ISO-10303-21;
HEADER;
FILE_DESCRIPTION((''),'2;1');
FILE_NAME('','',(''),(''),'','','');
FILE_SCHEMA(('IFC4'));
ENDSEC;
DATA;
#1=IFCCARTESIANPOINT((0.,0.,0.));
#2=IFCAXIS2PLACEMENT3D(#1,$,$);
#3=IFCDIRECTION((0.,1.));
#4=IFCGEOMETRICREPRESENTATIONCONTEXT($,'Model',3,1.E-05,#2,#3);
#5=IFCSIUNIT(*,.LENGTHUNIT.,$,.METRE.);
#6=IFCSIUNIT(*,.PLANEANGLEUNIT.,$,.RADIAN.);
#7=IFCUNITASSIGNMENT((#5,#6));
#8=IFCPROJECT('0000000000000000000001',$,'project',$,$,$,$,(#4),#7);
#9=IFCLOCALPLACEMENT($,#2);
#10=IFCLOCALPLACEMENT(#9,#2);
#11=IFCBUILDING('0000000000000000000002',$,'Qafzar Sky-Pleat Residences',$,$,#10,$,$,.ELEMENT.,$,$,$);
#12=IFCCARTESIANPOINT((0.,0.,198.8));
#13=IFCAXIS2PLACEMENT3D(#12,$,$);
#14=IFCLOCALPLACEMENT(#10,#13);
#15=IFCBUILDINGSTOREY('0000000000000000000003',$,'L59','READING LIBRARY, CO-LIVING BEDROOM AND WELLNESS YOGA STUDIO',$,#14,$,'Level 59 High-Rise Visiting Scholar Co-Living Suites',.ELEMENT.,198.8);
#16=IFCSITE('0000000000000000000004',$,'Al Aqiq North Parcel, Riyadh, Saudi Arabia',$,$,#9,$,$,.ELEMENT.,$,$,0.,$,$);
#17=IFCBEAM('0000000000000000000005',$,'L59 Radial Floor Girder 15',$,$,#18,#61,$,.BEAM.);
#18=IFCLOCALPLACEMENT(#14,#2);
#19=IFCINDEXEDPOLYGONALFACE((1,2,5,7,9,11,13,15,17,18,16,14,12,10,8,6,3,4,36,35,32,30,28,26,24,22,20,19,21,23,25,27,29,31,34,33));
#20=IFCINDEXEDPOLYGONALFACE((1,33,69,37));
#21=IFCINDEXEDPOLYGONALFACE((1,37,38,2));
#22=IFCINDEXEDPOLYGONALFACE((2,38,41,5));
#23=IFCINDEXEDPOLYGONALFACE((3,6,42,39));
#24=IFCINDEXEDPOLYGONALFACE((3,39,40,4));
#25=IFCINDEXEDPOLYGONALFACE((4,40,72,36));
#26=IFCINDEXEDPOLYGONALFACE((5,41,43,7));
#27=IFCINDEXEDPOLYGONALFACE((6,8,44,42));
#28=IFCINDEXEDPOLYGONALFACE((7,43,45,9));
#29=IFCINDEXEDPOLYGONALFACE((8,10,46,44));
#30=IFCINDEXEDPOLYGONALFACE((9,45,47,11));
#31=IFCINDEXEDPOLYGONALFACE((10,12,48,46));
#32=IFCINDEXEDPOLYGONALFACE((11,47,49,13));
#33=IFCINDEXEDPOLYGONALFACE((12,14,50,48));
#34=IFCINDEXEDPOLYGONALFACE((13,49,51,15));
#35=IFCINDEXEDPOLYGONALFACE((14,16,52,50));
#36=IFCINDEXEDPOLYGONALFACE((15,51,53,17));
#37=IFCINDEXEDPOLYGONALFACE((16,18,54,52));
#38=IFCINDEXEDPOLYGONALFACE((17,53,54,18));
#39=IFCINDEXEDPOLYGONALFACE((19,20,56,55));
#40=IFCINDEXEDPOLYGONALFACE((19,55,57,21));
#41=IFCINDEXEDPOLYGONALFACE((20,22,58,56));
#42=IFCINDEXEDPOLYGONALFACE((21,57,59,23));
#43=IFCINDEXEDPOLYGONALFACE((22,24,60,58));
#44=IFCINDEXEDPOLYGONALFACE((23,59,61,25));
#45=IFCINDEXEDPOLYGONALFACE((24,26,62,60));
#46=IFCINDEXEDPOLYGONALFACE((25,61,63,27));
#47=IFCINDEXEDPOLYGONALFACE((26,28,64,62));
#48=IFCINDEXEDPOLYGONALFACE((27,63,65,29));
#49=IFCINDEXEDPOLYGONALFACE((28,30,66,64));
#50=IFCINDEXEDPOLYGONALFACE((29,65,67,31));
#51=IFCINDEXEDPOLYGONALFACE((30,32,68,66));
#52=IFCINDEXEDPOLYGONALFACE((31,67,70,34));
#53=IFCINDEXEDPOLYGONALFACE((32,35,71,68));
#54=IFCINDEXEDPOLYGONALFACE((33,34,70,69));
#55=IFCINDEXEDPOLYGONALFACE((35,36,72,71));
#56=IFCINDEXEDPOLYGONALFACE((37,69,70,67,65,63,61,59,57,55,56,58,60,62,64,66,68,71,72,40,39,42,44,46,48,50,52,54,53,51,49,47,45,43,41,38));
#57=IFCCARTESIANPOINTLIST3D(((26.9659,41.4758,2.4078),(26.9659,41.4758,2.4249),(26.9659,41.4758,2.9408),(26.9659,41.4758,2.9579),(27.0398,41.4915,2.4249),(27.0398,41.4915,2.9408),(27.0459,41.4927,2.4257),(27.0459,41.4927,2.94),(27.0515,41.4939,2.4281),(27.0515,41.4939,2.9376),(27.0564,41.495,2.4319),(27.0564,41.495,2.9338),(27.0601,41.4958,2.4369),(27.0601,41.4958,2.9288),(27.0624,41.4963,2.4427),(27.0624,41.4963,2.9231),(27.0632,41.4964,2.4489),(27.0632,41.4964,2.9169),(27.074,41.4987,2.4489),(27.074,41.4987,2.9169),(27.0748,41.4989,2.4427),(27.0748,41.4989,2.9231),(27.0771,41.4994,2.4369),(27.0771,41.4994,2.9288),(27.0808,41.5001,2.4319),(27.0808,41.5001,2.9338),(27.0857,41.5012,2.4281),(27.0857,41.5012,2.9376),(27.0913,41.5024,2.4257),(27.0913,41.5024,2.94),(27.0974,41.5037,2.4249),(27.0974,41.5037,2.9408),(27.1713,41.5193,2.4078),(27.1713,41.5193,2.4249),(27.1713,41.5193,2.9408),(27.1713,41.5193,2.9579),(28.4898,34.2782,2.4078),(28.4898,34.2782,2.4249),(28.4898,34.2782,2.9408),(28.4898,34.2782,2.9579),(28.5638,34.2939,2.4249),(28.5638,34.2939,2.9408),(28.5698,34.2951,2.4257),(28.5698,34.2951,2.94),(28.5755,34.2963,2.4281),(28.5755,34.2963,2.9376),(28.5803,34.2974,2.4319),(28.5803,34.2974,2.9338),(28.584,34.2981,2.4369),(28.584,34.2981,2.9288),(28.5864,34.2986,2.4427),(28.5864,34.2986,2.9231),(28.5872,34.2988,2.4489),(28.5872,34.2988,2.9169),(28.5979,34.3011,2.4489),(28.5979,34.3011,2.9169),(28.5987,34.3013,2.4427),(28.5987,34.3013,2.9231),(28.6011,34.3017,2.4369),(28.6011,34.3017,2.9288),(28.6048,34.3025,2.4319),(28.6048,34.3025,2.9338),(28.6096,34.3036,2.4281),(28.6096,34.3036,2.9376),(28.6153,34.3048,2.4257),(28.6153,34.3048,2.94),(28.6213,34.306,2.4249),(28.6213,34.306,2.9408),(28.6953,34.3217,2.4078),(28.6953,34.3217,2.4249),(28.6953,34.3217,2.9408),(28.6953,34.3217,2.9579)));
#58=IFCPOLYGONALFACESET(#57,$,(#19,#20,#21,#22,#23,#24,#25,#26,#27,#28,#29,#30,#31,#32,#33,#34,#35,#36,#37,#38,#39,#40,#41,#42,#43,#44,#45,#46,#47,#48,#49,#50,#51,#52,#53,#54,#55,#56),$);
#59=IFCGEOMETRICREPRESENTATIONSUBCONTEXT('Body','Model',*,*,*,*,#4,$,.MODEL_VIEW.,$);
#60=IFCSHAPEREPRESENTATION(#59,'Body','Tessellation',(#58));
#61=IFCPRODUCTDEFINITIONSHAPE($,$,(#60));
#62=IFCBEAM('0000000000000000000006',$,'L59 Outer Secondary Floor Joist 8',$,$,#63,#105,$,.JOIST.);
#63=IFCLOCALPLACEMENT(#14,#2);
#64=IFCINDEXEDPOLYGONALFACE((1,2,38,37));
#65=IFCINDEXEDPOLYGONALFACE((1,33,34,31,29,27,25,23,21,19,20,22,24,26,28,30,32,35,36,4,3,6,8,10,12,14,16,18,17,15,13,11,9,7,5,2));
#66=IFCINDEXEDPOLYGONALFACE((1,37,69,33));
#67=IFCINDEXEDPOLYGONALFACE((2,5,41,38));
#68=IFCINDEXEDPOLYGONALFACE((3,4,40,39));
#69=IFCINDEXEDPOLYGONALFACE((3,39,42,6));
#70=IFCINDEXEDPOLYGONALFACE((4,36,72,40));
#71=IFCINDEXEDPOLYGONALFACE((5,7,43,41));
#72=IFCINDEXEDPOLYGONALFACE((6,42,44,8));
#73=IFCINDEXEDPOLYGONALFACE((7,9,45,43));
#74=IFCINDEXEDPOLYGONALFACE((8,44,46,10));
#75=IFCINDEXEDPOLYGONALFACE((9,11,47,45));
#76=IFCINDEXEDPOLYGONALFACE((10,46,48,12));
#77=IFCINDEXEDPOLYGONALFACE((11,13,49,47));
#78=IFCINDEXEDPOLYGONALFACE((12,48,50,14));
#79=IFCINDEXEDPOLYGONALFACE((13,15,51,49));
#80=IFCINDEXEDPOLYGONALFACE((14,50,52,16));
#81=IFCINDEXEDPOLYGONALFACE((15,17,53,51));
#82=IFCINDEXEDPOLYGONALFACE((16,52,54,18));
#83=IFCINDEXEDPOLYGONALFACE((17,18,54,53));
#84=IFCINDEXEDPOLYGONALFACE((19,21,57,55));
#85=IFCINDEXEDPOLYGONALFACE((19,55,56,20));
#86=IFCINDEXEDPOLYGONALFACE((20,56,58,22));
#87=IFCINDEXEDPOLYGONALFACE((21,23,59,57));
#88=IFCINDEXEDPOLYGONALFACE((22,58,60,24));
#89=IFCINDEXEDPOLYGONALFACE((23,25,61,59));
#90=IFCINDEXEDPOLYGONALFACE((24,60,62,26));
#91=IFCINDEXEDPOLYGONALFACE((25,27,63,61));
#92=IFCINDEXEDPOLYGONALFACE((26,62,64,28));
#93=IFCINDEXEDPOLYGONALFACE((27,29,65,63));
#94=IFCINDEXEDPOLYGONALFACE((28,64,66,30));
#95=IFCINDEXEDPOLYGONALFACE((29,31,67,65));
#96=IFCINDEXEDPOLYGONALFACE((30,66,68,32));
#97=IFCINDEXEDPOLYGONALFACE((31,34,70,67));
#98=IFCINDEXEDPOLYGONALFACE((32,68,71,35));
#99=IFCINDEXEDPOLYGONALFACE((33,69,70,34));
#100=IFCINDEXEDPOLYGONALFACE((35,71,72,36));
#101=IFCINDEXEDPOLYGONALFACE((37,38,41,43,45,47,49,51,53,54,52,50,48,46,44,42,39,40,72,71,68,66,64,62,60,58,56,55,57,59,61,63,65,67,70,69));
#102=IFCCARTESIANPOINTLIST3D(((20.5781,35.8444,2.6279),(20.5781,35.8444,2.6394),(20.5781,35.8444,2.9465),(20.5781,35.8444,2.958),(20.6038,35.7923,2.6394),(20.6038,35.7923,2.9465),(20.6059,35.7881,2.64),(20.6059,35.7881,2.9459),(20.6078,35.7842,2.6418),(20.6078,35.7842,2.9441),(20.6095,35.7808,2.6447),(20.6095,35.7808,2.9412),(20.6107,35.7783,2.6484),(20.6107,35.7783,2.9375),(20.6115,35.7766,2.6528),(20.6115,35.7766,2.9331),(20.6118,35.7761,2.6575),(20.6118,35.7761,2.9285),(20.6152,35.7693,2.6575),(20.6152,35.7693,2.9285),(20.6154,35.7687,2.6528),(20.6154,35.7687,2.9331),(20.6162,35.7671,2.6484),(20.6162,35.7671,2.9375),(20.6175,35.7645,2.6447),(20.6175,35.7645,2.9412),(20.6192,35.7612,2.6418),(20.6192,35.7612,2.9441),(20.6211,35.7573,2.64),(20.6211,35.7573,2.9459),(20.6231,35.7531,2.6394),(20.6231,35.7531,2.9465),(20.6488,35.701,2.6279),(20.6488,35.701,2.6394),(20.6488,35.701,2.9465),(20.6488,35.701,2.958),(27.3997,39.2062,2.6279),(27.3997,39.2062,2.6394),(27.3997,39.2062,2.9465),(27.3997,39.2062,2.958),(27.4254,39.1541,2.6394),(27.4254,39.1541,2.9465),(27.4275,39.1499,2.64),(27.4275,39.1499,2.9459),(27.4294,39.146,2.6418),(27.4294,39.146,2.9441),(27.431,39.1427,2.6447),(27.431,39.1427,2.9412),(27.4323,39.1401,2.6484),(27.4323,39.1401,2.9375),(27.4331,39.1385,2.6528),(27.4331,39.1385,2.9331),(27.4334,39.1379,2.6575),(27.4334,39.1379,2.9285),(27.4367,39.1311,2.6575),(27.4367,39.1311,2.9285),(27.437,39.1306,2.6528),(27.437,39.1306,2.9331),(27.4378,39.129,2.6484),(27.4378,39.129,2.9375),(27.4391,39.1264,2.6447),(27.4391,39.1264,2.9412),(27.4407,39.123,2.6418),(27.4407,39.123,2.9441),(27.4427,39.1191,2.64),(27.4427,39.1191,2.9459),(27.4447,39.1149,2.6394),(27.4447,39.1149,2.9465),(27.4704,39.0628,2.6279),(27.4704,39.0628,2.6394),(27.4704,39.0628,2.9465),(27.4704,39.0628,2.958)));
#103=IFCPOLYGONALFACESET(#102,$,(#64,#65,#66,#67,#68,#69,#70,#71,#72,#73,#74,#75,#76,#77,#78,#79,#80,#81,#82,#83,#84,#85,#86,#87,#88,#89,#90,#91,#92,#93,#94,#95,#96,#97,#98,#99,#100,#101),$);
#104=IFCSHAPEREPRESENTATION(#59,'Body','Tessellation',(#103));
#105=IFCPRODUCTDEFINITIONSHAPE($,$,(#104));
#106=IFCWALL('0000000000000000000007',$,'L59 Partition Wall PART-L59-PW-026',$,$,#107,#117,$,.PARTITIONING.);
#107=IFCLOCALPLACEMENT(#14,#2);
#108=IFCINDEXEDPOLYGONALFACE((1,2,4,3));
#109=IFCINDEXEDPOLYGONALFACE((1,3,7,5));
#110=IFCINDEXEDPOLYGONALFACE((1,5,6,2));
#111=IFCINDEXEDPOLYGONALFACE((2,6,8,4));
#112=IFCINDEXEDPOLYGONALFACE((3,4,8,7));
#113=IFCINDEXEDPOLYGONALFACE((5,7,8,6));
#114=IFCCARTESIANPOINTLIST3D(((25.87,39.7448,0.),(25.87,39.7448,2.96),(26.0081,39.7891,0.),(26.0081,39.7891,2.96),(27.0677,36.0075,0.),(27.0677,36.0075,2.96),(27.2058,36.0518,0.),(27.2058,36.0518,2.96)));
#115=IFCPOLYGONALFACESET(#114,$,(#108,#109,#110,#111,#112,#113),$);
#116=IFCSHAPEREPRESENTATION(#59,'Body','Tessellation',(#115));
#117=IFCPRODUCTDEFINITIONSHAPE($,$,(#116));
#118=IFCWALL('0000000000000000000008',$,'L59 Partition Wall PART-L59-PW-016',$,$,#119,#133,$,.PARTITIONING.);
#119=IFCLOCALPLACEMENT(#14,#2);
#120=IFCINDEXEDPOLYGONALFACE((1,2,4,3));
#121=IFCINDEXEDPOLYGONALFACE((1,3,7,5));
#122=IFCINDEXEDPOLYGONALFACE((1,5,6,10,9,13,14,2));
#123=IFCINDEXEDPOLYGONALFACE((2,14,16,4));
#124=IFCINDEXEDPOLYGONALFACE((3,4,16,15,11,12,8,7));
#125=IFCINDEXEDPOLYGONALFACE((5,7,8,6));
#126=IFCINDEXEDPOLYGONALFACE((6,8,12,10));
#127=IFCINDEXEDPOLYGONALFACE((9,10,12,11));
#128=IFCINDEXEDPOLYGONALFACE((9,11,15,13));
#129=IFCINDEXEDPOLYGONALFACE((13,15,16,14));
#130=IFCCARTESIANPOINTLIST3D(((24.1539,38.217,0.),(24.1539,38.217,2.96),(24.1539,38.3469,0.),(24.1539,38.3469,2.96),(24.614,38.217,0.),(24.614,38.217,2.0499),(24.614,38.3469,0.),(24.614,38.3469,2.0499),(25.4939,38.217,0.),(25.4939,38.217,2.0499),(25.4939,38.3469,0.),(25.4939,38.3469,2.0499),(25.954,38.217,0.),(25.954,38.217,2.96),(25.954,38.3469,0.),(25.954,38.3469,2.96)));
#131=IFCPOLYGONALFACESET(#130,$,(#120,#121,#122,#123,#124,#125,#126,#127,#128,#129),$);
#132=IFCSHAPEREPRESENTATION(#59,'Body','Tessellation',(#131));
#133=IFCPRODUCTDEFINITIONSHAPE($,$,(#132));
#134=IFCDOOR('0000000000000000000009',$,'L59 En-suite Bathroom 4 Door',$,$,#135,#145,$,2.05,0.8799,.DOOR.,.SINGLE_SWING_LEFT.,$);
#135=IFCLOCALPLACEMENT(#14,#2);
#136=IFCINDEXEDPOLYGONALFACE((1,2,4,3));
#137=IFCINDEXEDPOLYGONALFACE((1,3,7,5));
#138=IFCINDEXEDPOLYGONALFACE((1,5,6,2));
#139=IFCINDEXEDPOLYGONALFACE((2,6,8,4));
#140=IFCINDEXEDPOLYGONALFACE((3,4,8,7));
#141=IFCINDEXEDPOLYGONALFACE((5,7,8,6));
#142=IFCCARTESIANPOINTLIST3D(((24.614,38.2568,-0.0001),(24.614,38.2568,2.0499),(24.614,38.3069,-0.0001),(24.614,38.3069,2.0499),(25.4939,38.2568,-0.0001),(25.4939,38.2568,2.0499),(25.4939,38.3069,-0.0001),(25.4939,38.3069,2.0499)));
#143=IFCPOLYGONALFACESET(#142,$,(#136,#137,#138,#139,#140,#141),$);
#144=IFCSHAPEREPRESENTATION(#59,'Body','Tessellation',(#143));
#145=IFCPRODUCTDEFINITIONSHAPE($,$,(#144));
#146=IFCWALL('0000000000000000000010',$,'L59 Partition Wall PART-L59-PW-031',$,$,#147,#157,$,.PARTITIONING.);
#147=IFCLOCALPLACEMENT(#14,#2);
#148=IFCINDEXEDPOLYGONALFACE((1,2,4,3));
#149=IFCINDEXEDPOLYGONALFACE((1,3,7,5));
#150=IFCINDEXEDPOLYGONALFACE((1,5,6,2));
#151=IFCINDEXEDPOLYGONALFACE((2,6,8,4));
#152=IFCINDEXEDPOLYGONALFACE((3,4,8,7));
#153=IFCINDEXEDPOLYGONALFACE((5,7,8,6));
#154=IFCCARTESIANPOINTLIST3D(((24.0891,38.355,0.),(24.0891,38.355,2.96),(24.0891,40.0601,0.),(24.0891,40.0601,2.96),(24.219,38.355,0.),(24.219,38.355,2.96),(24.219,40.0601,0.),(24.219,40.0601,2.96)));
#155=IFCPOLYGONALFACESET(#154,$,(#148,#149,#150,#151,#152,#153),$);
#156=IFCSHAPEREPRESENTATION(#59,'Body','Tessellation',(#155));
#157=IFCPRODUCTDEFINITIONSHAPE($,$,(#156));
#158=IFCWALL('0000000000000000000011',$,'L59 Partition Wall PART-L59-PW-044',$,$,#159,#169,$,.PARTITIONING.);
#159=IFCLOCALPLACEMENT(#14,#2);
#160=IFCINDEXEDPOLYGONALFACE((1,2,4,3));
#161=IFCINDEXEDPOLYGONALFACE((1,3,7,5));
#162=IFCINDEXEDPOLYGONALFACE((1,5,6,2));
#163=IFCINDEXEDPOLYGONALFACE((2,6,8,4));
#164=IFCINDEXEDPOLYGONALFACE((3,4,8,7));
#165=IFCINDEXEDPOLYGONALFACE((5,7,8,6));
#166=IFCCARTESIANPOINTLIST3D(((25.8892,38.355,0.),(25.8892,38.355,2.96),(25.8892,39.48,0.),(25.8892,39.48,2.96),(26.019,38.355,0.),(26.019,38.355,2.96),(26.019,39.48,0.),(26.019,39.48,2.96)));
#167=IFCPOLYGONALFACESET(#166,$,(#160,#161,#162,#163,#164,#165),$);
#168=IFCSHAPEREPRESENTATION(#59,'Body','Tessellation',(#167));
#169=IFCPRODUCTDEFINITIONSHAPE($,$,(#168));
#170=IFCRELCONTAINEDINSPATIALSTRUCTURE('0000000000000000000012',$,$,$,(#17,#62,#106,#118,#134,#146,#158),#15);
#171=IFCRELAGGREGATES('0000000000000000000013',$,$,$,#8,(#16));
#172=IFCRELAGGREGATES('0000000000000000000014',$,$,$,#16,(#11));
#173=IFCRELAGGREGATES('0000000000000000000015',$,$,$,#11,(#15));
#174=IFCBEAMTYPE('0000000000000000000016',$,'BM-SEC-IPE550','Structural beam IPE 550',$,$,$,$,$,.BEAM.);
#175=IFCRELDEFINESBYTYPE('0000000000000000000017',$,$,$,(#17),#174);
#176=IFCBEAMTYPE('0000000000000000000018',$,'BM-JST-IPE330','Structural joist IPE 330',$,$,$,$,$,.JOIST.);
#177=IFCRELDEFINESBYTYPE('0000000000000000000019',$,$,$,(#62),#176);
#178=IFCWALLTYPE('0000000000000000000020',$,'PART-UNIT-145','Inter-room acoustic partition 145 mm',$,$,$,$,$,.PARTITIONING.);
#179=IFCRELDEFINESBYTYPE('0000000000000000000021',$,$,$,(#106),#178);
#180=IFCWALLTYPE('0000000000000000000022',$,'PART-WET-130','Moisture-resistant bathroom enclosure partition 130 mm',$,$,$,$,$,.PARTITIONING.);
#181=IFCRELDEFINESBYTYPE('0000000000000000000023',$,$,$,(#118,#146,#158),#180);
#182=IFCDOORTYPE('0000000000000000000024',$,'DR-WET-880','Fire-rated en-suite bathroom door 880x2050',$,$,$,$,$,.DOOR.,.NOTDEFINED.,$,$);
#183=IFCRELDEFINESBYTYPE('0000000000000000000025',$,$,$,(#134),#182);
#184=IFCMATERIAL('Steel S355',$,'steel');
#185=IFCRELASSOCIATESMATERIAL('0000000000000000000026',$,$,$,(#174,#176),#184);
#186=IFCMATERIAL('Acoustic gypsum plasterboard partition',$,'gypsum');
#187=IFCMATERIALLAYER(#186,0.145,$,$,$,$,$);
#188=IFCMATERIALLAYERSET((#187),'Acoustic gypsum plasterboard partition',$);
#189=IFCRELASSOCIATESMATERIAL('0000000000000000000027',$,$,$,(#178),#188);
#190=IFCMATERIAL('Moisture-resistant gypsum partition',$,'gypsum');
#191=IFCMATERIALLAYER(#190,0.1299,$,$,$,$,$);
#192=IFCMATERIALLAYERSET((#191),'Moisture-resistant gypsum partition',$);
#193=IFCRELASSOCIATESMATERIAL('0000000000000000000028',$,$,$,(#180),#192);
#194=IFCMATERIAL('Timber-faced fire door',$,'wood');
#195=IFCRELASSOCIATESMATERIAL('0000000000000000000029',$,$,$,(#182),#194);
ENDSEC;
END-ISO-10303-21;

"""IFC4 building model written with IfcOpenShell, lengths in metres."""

from ifc_helpers import new_model, si_unit, direction, frame, frame_2d, origin, origin_2d, place, context, subcontext, project, spatial, rectangle, i_section, extrude, source, transform, mapped, material, layer, layer_set, material_profile, profile_set, type_object, element, fill, save


model = new_model("IFC4")

# Units and contexts
model_context = context("Model", 3, precision=1e-05, world=origin(), true_north=direction((0.0, 1.0)))
body_context = subcontext(model_context, "Body", "Model", "MODEL_VIEW")
ifc_project = project(units=[si_unit("LENGTHUNIT", "METRE"), si_unit("PLANEANGLEUNIT", "RADIAN")], contexts=[model_context])

# Site, building, storey
site_placement = place(None, origin())
site = spatial("IfcSite", under=ifc_project, at=site_placement, Name="Al Aqiq North Parcel, Riyadh, Saudi Arabia", CompositionType="ELEMENT", RefElevation=0.0)
building_placement = place(site_placement, origin())
building = spatial("IfcBuilding", under=site, at=building_placement, Name="Qafzar Sky-Pleat Residences", CompositionType="ELEMENT")
storey_placement = place(building_placement, frame((0.0, 0.0, 198.8)))
storey = spatial("IfcBuildingStorey", under=building, at=storey_placement, Name="L59", Description="READING LIBRARY, CO-LIVING BEDROOM AND WELLNESS YOGA STUDIO", LongName="Level 59 High-Rise Visiting Scholar Co-Living Suites", CompositionType="ELEMENT", Elevation=198.8)

# Shared definitions
ifc_material_1 = material(Name="Steel S355", Category="steel")

# Beams
ifc_material_profile_1 = material_profile(ifc_material_1, i_section(OverallWidth=0.21, OverallDepth=0.55, WebThickness=0.011, FlangeThickness=0.0171, FilletRadius=0.0239, at=origin_2d()), Name="IPE 550")
ifc_profile_set_1 = profile_set([ifc_material_profile_1], Name="Steel S355")
beam_type_1 = type_object("IfcBeamType", Name="BM-SEC-IPE550", Description="Structural beam IPE 550", PredefinedType="BEAM", material=ifc_profile_set_1)
shared_shape_1 = source(origin(), body_context, "Body", "SweptSolid", [
    extrude(i_section(OverallWidth=0.21, OverallDepth=0.55, WebThickness=0.011, FlangeThickness=0.0171, FilletRadius=0.0239, at=origin_2d()), origin(), (0.0, 0.0, 1.0), 7.3572),
])
beam_1_placement = place(storey_placement, frame((27.0686, 41.4976, 2.6829), z_axis=(0.207138, -0.978312, 0.0), x_axis=(0.978312, 0.207138, 0.0)))
element("IfcBeam", 1, at=beam_1_placement, inside=storey, type_object=beam_type_1, Name="L59 Radial Floor Girder 15", PredefinedType="BEAM", context=body_context, shape_type="MappedRepresentation", body=[
    mapped(shared_shape_1, transform((0.0, 0.0, 0.0), x_axis=(1.0, 0.0, 0.0), y_axis=(0.0, 1.0, 0.0), z_axis=(0.0, 0.0, 1.0), scale=1.0)),
])
ifc_material_profile_2 = material_profile(ifc_material_1, i_section(OverallWidth=0.1599, OverallDepth=0.3301, WebThickness=0.0076, FlangeThickness=0.0115, FilletRadius=0.0181, at=origin_2d()), Name="IPE 330")
ifc_profile_set_2 = profile_set([ifc_material_profile_2], Name="Steel S355")
beam_type_2 = type_object("IfcBeamType", Name="BM-JST-IPE330", Description="Structural joist IPE 330", PredefinedType="JOIST", material=ifc_profile_set_2)
shared_shape_2 = source(origin(), body_context, "Body", "SweptSolid", [
    extrude(i_section(OverallWidth=0.1599, OverallDepth=0.3301, WebThickness=0.0076, FlangeThickness=0.0115, FilletRadius=0.0181, at=origin_2d()), origin(), (0.0, 0.0, 1.0), 7.605),
])
beam_2_placement = place(storey_placement, frame((27.4351, 39.1345, 2.793), z_axis=(-0.896987, -0.442057, 0.0), x_axis=(0.442057, -0.896987, 0.0)))
element("IfcBeam", 2, at=beam_2_placement, inside=storey, type_object=beam_type_2, Name="L59 Outer Secondary Floor Joist 8", PredefinedType="JOIST", context=body_context, shape_type="MappedRepresentation", body=[
    mapped(shared_shape_2, transform((0.0, 0.0, 0.0), x_axis=(1.0, 0.0, 0.0), y_axis=(0.0, 1.0, 0.0), z_axis=(0.0, 0.0, 1.0), scale=1.0)),
])

# Wall
ifc_material_2 = material(Name="Acoustic gypsum plasterboard partition", Category="gypsum")
ifc_layer_1 = layer(ifc_material_2, 0.145)
ifc_layer_set_1 = layer_set([ifc_layer_1], Name="Acoustic gypsum plasterboard partition")
wall_type_1 = type_object("IfcWallType", Name="PART-UNIT-145", Description="Inter-room acoustic partition 145 mm", PredefinedType="PARTITIONING", material=ifc_layer_set_1)
wall_1_placement = place(storey_placement, frame((25.939, 39.7671, 0.0), z_axis=(0.0, 0.0, 1.0), x_axis=(0.305196, -0.95229, 0.0)))
element("IfcWall", 3, at=wall_1_placement, inside=storey, type_object=wall_type_1, Name="L59 Partition Wall PART-L59-PW-026", PredefinedType="PARTITIONING", context=body_context, shape_type="SweptSolid", body=[
    extrude(rectangle(XDim=3.9246, YDim=0.145, at=frame_2d((1.9624, 0.0))), origin(), (0.0, 0.0, 1.0), 2.96),
])

# Wall, opening, door
ifc_material_3 = material(Name="Moisture-resistant gypsum partition", Category="gypsum")
ifc_layer_2 = layer(ifc_material_3, 0.1299)
ifc_layer_set_2 = layer_set([ifc_layer_2], Name="Moisture-resistant gypsum partition")
wall_type_2 = type_object("IfcWallType", Name="PART-WET-130", Description="Moisture-resistant bathroom enclosure partition 130 mm", PredefinedType="PARTITIONING", material=ifc_layer_set_2)
wall_2_placement = place(storey_placement, frame((24.1541, 38.282, 0.0), z_axis=(0.0, 0.0, 1.0), x_axis=(1.0, 0.0, 0.0)))
wall_2 = element("IfcWall", 4, at=wall_2_placement, inside=storey, type_object=wall_type_2, Name="L59 Partition Wall PART-L59-PW-016", PredefinedType="PARTITIONING", context=body_context, shape_type="SweptSolid", body=[
    extrude(rectangle(XDim=1.8, YDim=0.1299, at=frame_2d((0.8999, 0.0))), origin(), (0.0, 0.0, 1.0), 2.96),
])
opening_1_placement = place(wall_2_placement, frame((0.46, 0.0, 0.0)))
opening_1 = element("IfcOpeningElement", 5, at=opening_1_placement, cuts=wall_2, PredefinedType="OPENING", context=body_context, shape_type="SweptSolid", body=[
    extrude(rectangle(XDim=0.8799, YDim=2.05, at=frame_2d((0.4399, 1.0249))), frame((0.0, 0.075, 0.0), z_axis=(0.0, -1.0, 0.0), x_axis=(1.0, 0.0, 0.0)), (0.0, 0.0, 1.0), 0.1499),
])
ifc_material_4 = material(Name="Timber-faced fire door", Category="wood")
door_type = type_object("IfcDoorType", Name="DR-WET-880", Description="Fire-rated en-suite bathroom door 880x2050", OperationType="NOTDEFINED", PredefinedType="DOOR", material=ifc_material_4)
shared_shape_3 = source(origin(), body_context, "Body", "SweptSolid", [
    extrude(rectangle(XDim=0.8799, YDim=2.05, at=frame_2d((0.4399, 1.0249))), frame((0.0, 0.0249, 0.0), z_axis=(0.0, -1.0, 0.0), x_axis=(1.0, 0.0, 0.0)), (0.0, 0.0, 1.0), 0.05),
])
door_placement = place(opening_1_placement, origin())
door = element("IfcDoor", 6, at=door_placement, inside=storey, type_object=door_type, Name="L59 En-suite Bathroom 4 Door", OperationType="SINGLE_SWING_LEFT", OverallHeight=2.05, OverallWidth=0.8799, PredefinedType="DOOR", context=body_context, shape_type="MappedRepresentation", body=[
    mapped(shared_shape_3, transform((0.0, 0.0, 0.0), x_axis=(1.0, 0.0, 0.0), y_axis=(0.0, 1.0, 0.0), z_axis=(0.0, 0.0, 1.0), scale=1.0)),
])
fill(opening_1, door)

# Walls
wall_3_placement = place(storey_placement, frame((24.1541, 38.355, 0.0), z_axis=(0.0, 0.0, 1.0), x_axis=(0.0, 1.0, 0.0)))
element("IfcWall", 7, at=wall_3_placement, inside=storey, type_object=wall_type_2, Name="L59 Partition Wall PART-L59-PW-031", PredefinedType="PARTITIONING", context=body_context, shape_type="SweptSolid", body=[
    extrude(rectangle(XDim=1.7051, YDim=0.1299, at=frame_2d((0.8525, 0.0))), origin(), (0.0, 0.0, 1.0), 2.96),
])
wall_4_placement = place(storey_placement, frame((25.9541, 38.355, 0.0), z_axis=(0.0, 0.0, 1.0), x_axis=(0.0, 1.0, 0.0)))
element("IfcWall", 8, at=wall_4_placement, inside=storey, type_object=wall_type_2, Name="L59 Partition Wall PART-L59-PW-044", PredefinedType="PARTITIONING", context=body_context, shape_type="SweptSolid", body=[
    extrude(rectangle(XDim=1.125, YDim=0.1299, at=frame_2d((0.5625, 0.0))), origin(), (0.0, 0.0, 1.0), 2.96),
])

save(model, "model.ifc")
